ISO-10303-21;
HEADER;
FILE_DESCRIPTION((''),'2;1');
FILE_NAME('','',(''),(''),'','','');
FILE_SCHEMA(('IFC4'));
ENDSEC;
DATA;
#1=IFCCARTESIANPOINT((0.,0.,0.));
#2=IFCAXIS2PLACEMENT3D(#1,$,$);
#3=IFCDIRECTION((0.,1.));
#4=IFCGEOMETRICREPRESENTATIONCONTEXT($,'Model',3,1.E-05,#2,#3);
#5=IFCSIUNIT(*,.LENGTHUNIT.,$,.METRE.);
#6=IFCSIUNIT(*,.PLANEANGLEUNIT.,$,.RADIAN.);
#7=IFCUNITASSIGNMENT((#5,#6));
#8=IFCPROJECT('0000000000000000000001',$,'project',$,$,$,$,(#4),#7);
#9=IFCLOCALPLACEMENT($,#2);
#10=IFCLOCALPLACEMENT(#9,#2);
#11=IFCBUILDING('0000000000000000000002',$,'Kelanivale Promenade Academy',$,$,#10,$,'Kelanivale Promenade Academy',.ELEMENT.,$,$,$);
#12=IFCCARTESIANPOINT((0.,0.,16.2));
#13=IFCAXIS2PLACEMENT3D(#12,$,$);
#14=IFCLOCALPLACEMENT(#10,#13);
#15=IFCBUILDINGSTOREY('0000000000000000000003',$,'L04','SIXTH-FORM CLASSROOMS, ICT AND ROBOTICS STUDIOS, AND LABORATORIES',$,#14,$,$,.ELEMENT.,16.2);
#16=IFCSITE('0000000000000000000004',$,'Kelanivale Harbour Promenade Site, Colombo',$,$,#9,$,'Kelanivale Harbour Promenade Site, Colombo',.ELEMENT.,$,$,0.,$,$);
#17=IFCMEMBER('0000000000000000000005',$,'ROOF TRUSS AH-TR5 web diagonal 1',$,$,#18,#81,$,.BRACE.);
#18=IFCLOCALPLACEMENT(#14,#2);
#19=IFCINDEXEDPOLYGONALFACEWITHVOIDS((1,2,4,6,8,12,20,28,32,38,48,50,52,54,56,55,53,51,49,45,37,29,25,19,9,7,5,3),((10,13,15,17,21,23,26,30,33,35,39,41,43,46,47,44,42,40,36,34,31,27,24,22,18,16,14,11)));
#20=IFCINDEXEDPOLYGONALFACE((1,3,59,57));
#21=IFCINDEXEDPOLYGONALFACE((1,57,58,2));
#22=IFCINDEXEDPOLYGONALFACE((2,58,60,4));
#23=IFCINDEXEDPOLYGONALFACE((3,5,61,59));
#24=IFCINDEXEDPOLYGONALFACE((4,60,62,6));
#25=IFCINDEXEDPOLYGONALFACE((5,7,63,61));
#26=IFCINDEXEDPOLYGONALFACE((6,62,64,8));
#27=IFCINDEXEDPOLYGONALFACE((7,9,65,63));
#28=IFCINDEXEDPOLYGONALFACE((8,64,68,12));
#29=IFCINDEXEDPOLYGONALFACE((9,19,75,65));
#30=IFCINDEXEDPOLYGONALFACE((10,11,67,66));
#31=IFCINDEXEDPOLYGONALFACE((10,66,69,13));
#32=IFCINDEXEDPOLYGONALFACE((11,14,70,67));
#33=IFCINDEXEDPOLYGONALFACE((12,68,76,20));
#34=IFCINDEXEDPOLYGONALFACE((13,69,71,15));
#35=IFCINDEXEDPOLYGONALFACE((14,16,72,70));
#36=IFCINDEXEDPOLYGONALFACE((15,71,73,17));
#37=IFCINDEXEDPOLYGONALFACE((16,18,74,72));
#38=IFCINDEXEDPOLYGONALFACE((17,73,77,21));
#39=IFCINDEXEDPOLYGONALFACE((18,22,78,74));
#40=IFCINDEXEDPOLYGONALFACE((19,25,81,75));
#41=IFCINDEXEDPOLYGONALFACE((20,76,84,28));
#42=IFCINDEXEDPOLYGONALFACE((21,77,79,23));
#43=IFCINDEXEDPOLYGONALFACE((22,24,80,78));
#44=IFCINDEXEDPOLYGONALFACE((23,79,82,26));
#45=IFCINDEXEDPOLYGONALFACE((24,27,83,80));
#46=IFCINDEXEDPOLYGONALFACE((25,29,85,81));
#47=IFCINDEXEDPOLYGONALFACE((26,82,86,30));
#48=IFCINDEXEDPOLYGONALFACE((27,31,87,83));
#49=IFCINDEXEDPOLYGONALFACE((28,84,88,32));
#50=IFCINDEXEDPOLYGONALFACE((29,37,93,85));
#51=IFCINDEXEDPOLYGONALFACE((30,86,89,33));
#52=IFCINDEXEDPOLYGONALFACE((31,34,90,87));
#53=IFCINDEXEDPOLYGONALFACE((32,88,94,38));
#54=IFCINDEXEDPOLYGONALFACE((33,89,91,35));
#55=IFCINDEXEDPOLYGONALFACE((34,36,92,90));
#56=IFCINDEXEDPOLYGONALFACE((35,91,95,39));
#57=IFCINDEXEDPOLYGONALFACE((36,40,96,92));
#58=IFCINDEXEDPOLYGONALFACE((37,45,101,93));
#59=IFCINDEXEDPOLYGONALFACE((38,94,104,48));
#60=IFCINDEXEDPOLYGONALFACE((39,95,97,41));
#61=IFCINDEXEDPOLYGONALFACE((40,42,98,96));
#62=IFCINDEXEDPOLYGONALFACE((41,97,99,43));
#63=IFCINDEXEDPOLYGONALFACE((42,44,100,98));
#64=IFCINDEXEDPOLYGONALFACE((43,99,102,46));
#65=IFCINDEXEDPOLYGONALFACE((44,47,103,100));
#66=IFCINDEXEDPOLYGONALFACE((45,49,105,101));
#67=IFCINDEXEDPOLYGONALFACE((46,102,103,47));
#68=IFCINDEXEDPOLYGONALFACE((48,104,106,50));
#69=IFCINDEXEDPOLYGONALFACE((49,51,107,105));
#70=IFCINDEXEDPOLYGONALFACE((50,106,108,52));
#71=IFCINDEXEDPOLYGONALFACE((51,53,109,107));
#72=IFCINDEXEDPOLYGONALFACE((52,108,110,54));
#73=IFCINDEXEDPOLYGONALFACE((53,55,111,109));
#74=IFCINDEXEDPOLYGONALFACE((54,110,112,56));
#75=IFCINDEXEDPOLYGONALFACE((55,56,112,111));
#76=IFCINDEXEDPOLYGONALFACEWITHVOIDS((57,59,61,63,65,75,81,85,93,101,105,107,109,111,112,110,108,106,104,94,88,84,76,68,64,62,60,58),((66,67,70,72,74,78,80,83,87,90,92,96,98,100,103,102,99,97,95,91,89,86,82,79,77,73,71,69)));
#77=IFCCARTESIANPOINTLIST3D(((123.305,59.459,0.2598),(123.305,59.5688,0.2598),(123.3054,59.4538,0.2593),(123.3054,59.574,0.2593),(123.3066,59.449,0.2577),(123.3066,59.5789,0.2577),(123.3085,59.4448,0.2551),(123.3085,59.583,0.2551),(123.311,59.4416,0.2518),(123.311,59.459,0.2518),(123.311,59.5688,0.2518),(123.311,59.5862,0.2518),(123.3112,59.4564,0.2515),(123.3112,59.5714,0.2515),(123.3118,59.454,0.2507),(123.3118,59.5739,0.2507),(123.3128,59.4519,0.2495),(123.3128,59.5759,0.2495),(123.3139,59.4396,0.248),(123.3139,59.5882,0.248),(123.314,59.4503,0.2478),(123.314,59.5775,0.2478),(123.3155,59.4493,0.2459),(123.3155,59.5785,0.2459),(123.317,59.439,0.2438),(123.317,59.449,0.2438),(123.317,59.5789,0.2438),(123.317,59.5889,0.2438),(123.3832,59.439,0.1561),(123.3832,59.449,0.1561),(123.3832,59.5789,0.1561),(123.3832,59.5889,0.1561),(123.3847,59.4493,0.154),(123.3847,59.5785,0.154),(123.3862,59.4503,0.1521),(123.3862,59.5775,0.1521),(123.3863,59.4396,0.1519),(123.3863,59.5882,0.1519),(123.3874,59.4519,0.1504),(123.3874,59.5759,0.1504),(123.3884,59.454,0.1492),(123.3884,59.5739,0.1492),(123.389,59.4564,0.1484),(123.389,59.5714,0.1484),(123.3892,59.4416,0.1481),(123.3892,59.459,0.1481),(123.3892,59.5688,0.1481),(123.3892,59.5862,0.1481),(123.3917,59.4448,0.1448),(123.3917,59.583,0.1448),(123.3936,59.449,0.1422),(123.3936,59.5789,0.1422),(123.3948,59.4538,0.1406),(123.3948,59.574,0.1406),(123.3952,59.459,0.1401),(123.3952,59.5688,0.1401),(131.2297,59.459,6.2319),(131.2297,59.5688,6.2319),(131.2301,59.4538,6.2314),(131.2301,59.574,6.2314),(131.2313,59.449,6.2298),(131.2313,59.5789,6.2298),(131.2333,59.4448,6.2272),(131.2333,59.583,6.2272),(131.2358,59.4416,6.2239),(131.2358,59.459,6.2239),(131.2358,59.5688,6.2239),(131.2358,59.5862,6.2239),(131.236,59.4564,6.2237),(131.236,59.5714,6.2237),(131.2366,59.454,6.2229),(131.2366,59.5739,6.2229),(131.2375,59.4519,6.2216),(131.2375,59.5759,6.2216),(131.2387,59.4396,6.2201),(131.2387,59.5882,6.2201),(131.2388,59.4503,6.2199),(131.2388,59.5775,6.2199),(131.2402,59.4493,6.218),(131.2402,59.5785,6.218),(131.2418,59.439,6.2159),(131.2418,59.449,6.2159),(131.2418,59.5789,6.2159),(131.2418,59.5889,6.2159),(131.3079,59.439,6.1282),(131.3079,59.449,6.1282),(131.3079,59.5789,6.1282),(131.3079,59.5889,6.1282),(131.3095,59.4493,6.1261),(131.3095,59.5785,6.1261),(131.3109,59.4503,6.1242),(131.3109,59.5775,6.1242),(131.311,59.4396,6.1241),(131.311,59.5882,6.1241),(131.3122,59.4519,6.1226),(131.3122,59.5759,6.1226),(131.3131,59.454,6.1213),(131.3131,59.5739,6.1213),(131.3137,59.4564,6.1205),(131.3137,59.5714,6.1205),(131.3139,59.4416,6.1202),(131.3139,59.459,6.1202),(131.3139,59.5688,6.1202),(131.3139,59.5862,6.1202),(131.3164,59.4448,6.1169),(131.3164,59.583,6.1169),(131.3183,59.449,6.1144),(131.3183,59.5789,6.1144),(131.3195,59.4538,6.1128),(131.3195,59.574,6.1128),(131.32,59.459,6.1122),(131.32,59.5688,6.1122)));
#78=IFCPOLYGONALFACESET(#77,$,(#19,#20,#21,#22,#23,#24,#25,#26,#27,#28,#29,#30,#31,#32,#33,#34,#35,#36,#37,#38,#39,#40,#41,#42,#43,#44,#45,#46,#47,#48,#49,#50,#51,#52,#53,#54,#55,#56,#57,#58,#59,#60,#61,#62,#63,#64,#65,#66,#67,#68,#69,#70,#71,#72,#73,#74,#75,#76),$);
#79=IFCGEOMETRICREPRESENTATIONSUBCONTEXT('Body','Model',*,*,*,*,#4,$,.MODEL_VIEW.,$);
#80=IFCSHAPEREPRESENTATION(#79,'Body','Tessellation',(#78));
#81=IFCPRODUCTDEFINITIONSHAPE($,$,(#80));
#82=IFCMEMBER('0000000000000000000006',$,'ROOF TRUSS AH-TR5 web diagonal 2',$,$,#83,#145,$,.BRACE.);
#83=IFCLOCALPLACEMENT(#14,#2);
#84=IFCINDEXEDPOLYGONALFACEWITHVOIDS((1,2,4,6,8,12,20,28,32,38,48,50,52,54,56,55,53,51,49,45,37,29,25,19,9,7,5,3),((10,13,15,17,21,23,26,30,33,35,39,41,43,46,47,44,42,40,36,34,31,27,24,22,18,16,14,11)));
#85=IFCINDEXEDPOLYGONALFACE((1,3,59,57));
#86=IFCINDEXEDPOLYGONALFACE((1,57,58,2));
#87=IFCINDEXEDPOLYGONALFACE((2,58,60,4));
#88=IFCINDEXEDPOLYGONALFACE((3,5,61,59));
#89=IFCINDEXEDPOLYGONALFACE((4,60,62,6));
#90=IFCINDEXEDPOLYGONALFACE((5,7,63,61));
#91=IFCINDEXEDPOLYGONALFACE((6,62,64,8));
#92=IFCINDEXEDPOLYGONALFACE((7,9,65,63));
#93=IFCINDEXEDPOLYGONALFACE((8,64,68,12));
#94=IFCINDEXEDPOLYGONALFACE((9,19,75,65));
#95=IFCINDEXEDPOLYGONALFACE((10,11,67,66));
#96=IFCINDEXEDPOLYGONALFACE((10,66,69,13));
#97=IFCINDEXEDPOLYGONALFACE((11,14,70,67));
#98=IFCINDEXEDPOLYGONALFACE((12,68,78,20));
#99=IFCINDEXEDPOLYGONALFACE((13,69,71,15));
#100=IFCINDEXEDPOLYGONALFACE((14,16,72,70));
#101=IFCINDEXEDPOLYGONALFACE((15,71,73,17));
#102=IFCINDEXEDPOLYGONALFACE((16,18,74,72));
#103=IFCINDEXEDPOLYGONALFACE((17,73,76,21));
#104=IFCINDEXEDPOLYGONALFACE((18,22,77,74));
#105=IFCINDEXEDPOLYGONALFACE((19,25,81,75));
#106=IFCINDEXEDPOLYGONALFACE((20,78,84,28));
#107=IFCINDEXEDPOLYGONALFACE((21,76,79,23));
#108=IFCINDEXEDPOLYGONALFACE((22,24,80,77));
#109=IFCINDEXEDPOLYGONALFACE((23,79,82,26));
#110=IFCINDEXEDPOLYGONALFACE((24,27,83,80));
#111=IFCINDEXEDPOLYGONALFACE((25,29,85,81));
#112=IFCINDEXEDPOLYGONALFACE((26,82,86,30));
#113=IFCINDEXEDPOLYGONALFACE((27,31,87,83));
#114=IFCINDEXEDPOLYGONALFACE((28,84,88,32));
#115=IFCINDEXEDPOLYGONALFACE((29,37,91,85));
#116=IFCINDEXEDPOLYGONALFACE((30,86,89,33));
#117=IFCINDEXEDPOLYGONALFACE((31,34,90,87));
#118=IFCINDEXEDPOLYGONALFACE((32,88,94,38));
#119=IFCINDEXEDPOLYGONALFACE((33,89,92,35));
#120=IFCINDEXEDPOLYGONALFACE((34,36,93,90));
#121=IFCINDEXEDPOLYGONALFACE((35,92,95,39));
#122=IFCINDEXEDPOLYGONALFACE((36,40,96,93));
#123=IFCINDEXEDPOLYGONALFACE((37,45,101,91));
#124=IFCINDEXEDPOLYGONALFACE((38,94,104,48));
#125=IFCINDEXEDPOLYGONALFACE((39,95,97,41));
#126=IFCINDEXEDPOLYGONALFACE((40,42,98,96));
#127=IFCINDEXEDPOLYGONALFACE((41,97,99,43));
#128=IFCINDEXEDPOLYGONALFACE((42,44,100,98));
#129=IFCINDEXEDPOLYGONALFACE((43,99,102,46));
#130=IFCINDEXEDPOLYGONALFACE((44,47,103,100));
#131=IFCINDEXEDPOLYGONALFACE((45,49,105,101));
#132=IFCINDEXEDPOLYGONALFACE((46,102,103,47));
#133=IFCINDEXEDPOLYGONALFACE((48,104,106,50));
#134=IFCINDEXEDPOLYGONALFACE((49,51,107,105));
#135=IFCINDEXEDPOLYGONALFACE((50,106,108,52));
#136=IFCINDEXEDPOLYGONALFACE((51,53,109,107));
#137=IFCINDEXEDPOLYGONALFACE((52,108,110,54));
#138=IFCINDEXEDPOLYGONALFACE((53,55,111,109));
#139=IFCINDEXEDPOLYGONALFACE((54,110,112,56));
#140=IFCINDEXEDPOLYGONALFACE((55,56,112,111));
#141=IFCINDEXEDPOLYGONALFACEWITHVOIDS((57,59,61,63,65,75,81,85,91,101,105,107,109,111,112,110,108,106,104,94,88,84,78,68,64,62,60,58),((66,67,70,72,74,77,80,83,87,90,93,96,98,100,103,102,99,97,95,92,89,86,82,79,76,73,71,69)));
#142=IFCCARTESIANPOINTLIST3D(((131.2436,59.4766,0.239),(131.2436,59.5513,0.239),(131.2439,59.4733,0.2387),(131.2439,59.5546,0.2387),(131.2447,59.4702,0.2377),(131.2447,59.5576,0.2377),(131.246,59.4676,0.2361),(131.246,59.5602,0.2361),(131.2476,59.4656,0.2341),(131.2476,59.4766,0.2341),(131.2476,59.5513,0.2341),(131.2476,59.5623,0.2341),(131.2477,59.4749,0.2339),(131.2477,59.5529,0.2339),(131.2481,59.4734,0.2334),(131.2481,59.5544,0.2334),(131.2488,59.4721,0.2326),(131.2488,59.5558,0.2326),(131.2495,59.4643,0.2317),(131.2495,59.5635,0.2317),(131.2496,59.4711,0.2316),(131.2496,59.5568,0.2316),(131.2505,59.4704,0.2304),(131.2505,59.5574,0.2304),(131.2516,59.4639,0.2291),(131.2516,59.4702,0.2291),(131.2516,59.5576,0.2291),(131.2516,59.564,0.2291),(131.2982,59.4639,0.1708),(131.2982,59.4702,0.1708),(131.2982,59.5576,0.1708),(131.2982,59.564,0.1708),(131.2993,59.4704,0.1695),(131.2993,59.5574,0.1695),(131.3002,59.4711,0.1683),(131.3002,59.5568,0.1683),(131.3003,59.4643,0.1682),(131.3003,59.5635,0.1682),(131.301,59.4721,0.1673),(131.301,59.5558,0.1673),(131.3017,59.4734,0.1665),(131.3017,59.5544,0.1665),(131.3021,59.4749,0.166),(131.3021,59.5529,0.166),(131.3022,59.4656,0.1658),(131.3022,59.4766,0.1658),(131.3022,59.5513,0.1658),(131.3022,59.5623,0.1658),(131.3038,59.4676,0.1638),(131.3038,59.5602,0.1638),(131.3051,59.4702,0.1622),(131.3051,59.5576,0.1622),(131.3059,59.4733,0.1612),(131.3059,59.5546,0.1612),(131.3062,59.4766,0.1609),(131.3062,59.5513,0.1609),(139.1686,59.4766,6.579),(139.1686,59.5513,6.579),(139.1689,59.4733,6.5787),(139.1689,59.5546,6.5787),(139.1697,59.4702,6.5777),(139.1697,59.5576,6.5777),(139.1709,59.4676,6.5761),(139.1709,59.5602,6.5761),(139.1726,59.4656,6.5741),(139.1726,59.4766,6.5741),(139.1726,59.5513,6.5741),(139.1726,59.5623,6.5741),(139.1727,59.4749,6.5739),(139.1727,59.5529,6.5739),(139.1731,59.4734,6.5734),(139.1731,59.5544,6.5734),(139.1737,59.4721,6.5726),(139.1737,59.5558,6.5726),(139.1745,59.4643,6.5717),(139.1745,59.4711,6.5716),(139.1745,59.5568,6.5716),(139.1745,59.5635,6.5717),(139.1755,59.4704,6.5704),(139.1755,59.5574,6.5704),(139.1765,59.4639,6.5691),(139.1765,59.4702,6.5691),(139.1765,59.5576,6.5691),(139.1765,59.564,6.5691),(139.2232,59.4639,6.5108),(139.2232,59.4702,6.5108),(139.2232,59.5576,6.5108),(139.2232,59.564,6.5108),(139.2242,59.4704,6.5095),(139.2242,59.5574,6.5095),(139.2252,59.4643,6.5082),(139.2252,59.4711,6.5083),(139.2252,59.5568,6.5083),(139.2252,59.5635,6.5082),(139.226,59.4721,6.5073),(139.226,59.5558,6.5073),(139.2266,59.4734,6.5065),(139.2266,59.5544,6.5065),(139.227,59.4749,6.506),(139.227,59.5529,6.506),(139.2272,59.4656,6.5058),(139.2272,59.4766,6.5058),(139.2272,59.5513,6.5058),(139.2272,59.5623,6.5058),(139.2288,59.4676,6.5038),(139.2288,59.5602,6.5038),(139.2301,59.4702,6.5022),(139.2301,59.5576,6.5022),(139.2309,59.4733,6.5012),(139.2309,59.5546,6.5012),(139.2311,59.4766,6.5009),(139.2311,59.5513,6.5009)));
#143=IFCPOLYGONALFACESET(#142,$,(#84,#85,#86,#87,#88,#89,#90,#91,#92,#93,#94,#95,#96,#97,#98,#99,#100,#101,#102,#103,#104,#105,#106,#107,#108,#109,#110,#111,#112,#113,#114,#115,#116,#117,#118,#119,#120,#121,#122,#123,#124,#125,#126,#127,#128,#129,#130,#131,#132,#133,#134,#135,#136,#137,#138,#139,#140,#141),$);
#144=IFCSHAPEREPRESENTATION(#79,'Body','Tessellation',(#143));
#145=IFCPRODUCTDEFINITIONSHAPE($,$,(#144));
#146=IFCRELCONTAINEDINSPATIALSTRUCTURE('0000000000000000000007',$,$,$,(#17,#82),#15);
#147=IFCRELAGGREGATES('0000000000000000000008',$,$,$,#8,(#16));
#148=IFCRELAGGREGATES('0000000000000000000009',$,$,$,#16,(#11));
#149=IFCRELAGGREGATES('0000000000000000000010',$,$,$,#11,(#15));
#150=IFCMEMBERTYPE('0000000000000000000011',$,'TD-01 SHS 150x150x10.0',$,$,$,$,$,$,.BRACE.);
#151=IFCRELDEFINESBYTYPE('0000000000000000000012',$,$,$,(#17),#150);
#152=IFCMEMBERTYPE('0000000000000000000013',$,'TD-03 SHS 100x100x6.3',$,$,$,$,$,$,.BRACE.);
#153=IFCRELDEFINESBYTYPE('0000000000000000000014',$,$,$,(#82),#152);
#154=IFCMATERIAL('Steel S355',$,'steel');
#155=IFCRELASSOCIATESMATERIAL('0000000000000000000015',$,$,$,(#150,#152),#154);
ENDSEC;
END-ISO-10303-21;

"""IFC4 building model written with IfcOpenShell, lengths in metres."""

from ifc_helpers import new_model, si_unit, direction, frame, origin, origin_2d, place, context, subcontext, project, spatial, hollow_rectangle, extrude, material, material_profile, profile_set, type_object, element, save


model = new_model("IFC4")

# Units and contexts
model_context = context("Model", 3, precision=1e-05, world=origin(), true_north=direction((0.0, 1.0)))
body_context = subcontext(model_context, "Body", "Model", "MODEL_VIEW")
ifc_project = project(units=[si_unit("LENGTHUNIT", "METRE"), si_unit("PLANEANGLEUNIT", "RADIAN")], contexts=[model_context])

# Site, building, storey
site_placement = place(None, origin())
site = spatial("IfcSite", under=ifc_project, at=site_placement, Name="Kelanivale Harbour Promenade Site, Colombo", LongName="Kelanivale Harbour Promenade Site, Colombo", CompositionType="ELEMENT", RefElevation=0.0)
building_placement = place(site_placement, origin())
building = spatial("IfcBuilding", under=site, at=building_placement, Name="Kelanivale Promenade Academy", LongName="Kelanivale Promenade Academy", CompositionType="ELEMENT")
storey_placement = place(building_placement, frame((0.0, 0.0, 16.2)))
storey = spatial("IfcBuildingStorey", under=building, at=storey_placement, Name="L04", Description="SIXTH-FORM CLASSROOMS, ICT AND ROBOTICS STUDIOS, AND LABORATORIES", CompositionType="ELEMENT", Elevation=16.2)

# Shared definitions
ifc_material_1 = material(Name="Steel S355", Category="steel")

# Members
ifc_material_profile_1 = material_profile(ifc_material_1, hollow_rectangle(XDim=0.1499, YDim=0.1499, WallThickness=0.01, InnerFilletRadius=0.01, OuterFilletRadius=0.02, at=origin_2d()), Name="SHS 150x150x10.0")
ifc_profile_set_1 = profile_set([ifc_material_profile_1], Name="Steel S355")
member_type_1 = type_object("IfcMemberType", Name="TD-01 SHS 150x150x10.0", PredefinedType="BRACE", material=ifc_profile_set_1)
member_1_placement = place(storey_placement, frame((123.3501, 59.5139, 0.2), z_axis=(0.798616, 0.0, 0.601841), x_axis=(0.0, 1.0, 0.0)))
element("IfcMember", 1, at=member_1_placement, inside=storey, type_object=member_type_1, Name="ROOF TRUSS AH-TR5 web diagonal 1", PredefinedType="BRACE", context=body_context, shape_type="SweptSolid", body=[
    extrude(hollow_rectangle(XDim=0.1499, YDim=0.1499, WallThickness=0.01, InnerFilletRadius=0.01, OuterFilletRadius=0.02, at=origin_2d()), origin(), (0.0, 0.0, 1.0), 9.9231),
])
ifc_material_profile_2 = material_profile(ifc_material_1, hollow_rectangle(XDim=0.1001, YDim=0.1001, WallThickness=0.0063, InnerFilletRadius=0.0063, OuterFilletRadius=0.0127, at=origin_2d()), Name="SHS 100x100x6.3")
ifc_profile_set_2 = profile_set([ifc_material_profile_2], Name="Steel S355")
member_type_2 = type_object("IfcMemberType", Name="TD-03 SHS 100x100x6.3", PredefinedType="BRACE", material=ifc_profile_set_2)
member_2_placement = place(storey_placement, frame((131.2749, 59.5139, 0.2), z_axis=(0.780866, 0.0, 0.624698), x_axis=(0.0, 1.0, 0.0)))
element("IfcMember", 2, at=member_2_placement, inside=storey, type_object=member_type_2, Name="ROOF TRUSS AH-TR5 web diagonal 2", PredefinedType="BRACE", context=body_context, shape_type="SweptSolid", body=[
    extrude(hollow_rectangle(XDim=0.1001, YDim=0.1001, WallThickness=0.0063, InnerFilletRadius=0.0063, OuterFilletRadius=0.0127, at=origin_2d()), origin(), (0.0, 0.0, 1.0), 10.1489),
])

save(model, "model.ifc")
